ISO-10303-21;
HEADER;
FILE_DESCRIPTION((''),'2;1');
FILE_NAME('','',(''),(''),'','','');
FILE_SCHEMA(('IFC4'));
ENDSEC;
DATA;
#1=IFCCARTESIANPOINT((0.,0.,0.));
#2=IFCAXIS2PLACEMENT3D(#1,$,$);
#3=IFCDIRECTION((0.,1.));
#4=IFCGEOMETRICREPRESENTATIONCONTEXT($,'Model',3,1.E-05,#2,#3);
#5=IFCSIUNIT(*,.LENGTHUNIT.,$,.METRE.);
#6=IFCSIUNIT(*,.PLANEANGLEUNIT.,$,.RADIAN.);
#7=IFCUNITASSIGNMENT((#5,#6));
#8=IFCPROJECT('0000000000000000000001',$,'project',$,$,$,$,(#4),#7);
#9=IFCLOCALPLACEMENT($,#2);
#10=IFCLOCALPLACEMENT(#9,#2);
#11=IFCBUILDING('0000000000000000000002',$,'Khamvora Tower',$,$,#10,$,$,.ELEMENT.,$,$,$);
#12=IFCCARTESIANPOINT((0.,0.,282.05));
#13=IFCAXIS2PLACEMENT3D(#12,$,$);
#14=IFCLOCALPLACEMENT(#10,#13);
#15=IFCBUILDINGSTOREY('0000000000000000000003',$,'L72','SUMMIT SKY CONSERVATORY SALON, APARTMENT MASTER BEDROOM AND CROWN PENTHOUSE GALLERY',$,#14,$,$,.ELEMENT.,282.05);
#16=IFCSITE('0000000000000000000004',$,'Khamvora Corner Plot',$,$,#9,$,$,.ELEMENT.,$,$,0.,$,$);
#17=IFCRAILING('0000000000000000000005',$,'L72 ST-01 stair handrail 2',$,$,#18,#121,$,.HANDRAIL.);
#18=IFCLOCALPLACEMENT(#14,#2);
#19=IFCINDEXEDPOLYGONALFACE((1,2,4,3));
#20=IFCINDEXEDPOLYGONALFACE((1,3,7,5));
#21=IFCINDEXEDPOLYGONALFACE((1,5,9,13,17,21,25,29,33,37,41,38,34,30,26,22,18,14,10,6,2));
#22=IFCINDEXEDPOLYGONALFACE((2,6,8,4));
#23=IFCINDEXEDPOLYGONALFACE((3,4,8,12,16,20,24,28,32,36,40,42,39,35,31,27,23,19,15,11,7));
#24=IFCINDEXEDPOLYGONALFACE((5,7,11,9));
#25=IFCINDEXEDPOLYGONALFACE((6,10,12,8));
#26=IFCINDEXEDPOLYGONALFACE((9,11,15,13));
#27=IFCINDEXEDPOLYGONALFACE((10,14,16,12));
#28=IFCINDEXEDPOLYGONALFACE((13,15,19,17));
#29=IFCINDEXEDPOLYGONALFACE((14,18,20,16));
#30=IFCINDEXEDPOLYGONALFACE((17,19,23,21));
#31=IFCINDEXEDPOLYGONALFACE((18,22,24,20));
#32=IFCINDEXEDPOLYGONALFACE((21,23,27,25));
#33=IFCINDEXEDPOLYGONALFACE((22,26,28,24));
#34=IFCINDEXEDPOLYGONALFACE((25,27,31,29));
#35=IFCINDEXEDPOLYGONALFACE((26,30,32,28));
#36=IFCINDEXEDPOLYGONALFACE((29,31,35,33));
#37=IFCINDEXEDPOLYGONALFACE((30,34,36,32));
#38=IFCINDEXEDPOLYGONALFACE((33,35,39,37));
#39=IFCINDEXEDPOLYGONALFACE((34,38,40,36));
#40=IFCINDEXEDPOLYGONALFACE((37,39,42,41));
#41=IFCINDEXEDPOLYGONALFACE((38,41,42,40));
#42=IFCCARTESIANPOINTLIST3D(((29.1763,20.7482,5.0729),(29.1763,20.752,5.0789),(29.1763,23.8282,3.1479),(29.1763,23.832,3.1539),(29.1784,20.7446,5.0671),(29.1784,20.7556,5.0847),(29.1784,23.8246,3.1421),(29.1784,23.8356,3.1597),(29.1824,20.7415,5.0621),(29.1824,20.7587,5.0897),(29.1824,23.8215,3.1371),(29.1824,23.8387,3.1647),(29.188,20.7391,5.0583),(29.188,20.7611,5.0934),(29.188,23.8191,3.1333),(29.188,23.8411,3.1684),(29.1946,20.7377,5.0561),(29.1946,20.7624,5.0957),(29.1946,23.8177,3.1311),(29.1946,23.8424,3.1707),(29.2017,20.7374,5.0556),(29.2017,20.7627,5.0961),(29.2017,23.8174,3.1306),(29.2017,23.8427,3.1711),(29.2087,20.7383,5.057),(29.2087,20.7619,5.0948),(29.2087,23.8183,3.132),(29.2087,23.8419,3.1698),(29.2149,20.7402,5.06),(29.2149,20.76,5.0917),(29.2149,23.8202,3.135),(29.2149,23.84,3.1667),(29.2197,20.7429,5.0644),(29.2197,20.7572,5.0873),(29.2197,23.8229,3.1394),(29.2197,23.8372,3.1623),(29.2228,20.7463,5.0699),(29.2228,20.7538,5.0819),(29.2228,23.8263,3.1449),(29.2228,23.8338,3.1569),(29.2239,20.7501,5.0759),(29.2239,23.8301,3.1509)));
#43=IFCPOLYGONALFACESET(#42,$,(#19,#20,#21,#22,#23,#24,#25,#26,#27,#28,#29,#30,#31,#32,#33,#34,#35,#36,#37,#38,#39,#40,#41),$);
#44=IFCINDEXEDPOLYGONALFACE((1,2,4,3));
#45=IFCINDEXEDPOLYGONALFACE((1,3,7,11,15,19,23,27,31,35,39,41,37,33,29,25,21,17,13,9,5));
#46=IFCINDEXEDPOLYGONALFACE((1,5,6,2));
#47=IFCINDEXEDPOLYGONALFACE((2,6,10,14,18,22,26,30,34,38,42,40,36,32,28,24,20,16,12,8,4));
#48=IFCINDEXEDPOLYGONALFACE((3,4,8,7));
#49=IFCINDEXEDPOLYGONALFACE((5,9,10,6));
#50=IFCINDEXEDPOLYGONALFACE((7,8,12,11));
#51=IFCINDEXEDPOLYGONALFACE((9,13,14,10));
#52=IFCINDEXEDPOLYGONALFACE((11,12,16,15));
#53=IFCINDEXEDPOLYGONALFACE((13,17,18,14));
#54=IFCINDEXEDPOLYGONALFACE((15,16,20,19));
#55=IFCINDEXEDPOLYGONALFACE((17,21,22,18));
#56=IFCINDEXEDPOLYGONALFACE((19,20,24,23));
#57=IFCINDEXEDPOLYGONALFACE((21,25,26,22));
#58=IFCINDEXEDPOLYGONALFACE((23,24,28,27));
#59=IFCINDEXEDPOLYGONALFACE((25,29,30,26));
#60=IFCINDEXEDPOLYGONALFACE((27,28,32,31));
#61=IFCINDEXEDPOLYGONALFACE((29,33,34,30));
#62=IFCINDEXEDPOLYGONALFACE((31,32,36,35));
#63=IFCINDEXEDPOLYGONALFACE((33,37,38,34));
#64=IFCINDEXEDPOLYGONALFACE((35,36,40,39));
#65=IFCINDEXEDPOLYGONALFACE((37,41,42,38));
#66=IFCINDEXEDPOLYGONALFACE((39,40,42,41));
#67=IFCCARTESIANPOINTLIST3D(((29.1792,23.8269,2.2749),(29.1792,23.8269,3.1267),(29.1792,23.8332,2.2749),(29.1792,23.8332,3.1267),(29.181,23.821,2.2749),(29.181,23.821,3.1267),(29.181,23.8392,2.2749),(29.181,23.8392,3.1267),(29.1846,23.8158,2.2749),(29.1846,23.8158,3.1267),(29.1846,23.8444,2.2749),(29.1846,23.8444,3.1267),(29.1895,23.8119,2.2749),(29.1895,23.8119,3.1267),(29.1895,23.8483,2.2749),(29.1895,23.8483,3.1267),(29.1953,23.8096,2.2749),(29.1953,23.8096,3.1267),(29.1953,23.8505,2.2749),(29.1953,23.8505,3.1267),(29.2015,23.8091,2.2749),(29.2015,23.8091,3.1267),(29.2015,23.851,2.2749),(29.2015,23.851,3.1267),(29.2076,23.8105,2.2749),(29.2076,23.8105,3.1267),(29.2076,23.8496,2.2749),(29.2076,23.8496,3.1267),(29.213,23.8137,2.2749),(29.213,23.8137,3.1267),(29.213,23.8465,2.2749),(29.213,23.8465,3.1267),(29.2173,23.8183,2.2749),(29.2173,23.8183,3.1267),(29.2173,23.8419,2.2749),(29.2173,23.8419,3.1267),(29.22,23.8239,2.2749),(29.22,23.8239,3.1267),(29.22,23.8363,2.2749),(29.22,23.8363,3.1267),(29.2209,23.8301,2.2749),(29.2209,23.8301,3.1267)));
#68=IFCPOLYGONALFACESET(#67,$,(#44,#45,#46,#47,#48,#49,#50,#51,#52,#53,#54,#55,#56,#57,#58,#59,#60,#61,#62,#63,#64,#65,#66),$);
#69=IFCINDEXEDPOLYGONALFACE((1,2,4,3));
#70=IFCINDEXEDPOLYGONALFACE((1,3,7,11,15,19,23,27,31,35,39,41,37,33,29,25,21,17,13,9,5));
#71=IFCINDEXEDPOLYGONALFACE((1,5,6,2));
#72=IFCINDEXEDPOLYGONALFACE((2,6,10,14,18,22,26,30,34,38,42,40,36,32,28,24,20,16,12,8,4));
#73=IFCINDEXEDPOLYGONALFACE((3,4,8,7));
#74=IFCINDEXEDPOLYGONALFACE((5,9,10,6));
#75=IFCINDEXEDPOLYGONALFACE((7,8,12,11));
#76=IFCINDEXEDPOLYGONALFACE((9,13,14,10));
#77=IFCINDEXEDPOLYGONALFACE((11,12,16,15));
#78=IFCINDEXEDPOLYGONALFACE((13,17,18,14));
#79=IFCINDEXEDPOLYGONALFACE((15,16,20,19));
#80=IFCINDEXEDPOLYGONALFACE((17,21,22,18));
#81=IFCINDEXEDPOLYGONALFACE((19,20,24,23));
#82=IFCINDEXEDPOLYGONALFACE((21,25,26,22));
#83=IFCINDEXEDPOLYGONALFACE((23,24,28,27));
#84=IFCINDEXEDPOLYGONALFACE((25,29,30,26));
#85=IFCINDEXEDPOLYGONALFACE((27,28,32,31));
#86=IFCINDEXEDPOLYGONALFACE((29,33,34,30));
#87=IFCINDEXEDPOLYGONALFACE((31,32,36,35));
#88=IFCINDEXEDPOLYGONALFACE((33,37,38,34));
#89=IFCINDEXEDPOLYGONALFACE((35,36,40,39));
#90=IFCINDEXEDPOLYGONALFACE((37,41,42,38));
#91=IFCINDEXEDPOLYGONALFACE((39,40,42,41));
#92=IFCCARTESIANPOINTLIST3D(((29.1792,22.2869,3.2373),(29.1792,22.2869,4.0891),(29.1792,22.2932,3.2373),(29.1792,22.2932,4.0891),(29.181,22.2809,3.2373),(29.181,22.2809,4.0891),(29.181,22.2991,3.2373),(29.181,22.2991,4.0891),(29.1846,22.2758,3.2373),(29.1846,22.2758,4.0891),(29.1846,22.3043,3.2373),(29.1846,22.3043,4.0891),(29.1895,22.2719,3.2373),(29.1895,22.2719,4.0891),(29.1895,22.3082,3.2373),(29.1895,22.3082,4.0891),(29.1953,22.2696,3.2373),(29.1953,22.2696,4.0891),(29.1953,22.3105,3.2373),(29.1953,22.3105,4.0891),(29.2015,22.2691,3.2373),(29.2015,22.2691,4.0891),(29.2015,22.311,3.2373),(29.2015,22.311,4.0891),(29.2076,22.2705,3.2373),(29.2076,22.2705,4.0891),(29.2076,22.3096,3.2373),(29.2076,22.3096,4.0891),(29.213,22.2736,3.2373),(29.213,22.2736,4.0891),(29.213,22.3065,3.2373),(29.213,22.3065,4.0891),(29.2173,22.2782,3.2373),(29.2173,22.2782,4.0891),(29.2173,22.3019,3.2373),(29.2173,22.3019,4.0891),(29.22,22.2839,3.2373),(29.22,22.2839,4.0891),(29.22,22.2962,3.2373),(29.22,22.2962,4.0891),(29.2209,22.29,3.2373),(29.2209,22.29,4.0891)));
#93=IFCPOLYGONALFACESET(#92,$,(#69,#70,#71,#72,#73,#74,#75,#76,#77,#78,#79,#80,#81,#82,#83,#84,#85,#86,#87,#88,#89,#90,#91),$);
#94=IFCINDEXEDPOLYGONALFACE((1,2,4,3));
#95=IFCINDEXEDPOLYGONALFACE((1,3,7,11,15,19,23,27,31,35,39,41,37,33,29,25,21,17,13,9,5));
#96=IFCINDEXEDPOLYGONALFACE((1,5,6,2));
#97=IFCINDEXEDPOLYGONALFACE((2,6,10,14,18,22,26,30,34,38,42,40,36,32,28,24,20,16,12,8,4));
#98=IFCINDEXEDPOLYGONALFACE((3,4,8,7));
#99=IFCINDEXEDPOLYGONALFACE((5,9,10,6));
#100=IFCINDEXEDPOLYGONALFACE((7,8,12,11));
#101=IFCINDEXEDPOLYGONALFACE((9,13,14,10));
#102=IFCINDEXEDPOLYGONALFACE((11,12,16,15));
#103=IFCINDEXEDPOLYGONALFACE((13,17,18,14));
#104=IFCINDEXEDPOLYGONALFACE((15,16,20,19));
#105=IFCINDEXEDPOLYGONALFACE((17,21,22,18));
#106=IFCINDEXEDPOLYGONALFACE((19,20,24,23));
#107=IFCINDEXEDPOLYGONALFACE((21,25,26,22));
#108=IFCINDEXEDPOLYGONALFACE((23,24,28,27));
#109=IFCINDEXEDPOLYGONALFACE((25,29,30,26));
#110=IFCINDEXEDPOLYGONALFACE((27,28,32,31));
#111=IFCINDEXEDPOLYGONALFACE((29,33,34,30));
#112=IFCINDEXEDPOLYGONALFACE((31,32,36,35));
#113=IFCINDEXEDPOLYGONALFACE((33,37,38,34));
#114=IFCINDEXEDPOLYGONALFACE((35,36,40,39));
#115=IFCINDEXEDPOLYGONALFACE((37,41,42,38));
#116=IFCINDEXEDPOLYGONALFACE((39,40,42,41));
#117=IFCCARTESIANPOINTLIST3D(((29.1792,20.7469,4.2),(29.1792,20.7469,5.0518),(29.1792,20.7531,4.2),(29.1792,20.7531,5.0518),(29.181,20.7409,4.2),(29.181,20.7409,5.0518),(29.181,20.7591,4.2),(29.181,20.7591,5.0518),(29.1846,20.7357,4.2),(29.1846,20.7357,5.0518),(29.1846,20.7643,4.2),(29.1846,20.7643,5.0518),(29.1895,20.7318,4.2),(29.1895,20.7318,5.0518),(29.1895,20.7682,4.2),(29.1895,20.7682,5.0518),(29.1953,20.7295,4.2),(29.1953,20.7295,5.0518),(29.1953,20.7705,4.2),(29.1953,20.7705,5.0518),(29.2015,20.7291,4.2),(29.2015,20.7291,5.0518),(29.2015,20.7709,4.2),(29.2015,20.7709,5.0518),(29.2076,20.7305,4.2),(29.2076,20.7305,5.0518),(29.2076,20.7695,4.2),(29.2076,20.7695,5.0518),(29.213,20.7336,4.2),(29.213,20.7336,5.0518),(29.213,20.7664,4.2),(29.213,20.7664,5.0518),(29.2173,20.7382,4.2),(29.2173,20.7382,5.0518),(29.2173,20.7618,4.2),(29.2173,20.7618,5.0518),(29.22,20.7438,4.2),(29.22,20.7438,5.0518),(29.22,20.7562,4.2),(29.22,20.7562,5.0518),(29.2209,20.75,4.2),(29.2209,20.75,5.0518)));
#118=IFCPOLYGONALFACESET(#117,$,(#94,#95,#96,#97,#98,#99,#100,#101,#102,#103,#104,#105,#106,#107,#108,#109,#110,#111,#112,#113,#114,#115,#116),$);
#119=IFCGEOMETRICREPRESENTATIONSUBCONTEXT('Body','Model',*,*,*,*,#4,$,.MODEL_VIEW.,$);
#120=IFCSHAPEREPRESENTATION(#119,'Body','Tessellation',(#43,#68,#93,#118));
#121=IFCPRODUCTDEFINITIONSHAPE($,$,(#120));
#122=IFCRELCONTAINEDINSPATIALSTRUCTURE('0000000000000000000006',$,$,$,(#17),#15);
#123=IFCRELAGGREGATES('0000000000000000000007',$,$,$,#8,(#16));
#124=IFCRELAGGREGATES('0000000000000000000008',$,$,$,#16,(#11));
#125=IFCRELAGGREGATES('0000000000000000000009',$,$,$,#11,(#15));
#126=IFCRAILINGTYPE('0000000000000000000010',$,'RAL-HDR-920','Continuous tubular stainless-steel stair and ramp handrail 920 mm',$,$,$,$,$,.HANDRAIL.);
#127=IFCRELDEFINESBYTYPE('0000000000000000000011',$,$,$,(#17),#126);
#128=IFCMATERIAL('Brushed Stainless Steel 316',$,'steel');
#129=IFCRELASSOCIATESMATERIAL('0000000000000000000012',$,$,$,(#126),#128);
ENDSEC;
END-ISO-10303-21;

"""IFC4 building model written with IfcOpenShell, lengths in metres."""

from ifc_helpers import new_model, si_unit, direction, frame, origin, origin_2d, place, context, subcontext, project, spatial, circle, extrude, material, type_object, element, save


model = new_model("IFC4")

# Units and contexts
model_context = context("Model", 3, precision=1e-05, world=origin(), true_north=direction((0.0, 1.0)))
body_context = subcontext(model_context, "Body", "Model", "MODEL_VIEW")
ifc_project = project(units=[si_unit("LENGTHUNIT", "METRE"), si_unit("PLANEANGLEUNIT", "RADIAN")], contexts=[model_context])

# Site, building, storey
site_placement = place(None, origin())
site = spatial("IfcSite", under=ifc_project, at=site_placement, Name="Khamvora Corner Plot", CompositionType="ELEMENT", RefElevation=0.0)
building_placement = place(site_placement, origin())
building = spatial("IfcBuilding", under=site, at=building_placement, Name="Khamvora Tower", CompositionType="ELEMENT")
storey_placement = place(building_placement, frame((0.0, 0.0, 282.05)))
storey = spatial("IfcBuildingStorey", under=building, at=storey_placement, Name="L72", Description="SUMMIT SKY CONSERVATORY SALON, APARTMENT MASTER BEDROOM AND CROWN PENTHOUSE GALLERY", CompositionType="ELEMENT", Elevation=282.05)

# Railing
ifc_material_1 = material(Name="Brushed Stainless Steel 316", Category="steel")
railing_type_1 = type_object("IfcRailingType", Name="RAL-HDR-920", Description="Continuous tubular stainless-steel stair and ramp handrail 920 mm", PredefinedType="HANDRAIL", material=ifc_material_1)
railing_1_placement = place(storey_placement, frame((29.2, 23.8301, 2.2749)))
element("IfcRailing", 1, at=railing_1_placement, inside=storey, type_object=railing_type_1, Name="L72 ST-01 stair handrail 2", PredefinedType="HANDRAIL", context=body_context, shape_type="SweptSolid", body=[
    extrude(circle(Radius=0.0239, at=origin_2d()), frame((0.0, 0.0, 0.876), z_axis=(0.0, -0.847998, 0.529999), x_axis=(1.0, 0.0, 0.0)), (0.0, 0.0, 1.0), 3.6321),
    extrude(circle(Radius=0.021, at=origin_2d()), origin(), (0.0, 0.0, 1.0), 0.8518),
    extrude(circle(Radius=0.021, at=origin_2d()), frame((0.0, -1.54, 0.9624)), (0.0, 0.0, 1.0), 0.8518),
    extrude(circle(Radius=0.021, at=origin_2d()), frame((0.0, -3.0801, 1.925)), (0.0, 0.0, 1.0), 0.8518),
])

save(model, "model.ifc")
